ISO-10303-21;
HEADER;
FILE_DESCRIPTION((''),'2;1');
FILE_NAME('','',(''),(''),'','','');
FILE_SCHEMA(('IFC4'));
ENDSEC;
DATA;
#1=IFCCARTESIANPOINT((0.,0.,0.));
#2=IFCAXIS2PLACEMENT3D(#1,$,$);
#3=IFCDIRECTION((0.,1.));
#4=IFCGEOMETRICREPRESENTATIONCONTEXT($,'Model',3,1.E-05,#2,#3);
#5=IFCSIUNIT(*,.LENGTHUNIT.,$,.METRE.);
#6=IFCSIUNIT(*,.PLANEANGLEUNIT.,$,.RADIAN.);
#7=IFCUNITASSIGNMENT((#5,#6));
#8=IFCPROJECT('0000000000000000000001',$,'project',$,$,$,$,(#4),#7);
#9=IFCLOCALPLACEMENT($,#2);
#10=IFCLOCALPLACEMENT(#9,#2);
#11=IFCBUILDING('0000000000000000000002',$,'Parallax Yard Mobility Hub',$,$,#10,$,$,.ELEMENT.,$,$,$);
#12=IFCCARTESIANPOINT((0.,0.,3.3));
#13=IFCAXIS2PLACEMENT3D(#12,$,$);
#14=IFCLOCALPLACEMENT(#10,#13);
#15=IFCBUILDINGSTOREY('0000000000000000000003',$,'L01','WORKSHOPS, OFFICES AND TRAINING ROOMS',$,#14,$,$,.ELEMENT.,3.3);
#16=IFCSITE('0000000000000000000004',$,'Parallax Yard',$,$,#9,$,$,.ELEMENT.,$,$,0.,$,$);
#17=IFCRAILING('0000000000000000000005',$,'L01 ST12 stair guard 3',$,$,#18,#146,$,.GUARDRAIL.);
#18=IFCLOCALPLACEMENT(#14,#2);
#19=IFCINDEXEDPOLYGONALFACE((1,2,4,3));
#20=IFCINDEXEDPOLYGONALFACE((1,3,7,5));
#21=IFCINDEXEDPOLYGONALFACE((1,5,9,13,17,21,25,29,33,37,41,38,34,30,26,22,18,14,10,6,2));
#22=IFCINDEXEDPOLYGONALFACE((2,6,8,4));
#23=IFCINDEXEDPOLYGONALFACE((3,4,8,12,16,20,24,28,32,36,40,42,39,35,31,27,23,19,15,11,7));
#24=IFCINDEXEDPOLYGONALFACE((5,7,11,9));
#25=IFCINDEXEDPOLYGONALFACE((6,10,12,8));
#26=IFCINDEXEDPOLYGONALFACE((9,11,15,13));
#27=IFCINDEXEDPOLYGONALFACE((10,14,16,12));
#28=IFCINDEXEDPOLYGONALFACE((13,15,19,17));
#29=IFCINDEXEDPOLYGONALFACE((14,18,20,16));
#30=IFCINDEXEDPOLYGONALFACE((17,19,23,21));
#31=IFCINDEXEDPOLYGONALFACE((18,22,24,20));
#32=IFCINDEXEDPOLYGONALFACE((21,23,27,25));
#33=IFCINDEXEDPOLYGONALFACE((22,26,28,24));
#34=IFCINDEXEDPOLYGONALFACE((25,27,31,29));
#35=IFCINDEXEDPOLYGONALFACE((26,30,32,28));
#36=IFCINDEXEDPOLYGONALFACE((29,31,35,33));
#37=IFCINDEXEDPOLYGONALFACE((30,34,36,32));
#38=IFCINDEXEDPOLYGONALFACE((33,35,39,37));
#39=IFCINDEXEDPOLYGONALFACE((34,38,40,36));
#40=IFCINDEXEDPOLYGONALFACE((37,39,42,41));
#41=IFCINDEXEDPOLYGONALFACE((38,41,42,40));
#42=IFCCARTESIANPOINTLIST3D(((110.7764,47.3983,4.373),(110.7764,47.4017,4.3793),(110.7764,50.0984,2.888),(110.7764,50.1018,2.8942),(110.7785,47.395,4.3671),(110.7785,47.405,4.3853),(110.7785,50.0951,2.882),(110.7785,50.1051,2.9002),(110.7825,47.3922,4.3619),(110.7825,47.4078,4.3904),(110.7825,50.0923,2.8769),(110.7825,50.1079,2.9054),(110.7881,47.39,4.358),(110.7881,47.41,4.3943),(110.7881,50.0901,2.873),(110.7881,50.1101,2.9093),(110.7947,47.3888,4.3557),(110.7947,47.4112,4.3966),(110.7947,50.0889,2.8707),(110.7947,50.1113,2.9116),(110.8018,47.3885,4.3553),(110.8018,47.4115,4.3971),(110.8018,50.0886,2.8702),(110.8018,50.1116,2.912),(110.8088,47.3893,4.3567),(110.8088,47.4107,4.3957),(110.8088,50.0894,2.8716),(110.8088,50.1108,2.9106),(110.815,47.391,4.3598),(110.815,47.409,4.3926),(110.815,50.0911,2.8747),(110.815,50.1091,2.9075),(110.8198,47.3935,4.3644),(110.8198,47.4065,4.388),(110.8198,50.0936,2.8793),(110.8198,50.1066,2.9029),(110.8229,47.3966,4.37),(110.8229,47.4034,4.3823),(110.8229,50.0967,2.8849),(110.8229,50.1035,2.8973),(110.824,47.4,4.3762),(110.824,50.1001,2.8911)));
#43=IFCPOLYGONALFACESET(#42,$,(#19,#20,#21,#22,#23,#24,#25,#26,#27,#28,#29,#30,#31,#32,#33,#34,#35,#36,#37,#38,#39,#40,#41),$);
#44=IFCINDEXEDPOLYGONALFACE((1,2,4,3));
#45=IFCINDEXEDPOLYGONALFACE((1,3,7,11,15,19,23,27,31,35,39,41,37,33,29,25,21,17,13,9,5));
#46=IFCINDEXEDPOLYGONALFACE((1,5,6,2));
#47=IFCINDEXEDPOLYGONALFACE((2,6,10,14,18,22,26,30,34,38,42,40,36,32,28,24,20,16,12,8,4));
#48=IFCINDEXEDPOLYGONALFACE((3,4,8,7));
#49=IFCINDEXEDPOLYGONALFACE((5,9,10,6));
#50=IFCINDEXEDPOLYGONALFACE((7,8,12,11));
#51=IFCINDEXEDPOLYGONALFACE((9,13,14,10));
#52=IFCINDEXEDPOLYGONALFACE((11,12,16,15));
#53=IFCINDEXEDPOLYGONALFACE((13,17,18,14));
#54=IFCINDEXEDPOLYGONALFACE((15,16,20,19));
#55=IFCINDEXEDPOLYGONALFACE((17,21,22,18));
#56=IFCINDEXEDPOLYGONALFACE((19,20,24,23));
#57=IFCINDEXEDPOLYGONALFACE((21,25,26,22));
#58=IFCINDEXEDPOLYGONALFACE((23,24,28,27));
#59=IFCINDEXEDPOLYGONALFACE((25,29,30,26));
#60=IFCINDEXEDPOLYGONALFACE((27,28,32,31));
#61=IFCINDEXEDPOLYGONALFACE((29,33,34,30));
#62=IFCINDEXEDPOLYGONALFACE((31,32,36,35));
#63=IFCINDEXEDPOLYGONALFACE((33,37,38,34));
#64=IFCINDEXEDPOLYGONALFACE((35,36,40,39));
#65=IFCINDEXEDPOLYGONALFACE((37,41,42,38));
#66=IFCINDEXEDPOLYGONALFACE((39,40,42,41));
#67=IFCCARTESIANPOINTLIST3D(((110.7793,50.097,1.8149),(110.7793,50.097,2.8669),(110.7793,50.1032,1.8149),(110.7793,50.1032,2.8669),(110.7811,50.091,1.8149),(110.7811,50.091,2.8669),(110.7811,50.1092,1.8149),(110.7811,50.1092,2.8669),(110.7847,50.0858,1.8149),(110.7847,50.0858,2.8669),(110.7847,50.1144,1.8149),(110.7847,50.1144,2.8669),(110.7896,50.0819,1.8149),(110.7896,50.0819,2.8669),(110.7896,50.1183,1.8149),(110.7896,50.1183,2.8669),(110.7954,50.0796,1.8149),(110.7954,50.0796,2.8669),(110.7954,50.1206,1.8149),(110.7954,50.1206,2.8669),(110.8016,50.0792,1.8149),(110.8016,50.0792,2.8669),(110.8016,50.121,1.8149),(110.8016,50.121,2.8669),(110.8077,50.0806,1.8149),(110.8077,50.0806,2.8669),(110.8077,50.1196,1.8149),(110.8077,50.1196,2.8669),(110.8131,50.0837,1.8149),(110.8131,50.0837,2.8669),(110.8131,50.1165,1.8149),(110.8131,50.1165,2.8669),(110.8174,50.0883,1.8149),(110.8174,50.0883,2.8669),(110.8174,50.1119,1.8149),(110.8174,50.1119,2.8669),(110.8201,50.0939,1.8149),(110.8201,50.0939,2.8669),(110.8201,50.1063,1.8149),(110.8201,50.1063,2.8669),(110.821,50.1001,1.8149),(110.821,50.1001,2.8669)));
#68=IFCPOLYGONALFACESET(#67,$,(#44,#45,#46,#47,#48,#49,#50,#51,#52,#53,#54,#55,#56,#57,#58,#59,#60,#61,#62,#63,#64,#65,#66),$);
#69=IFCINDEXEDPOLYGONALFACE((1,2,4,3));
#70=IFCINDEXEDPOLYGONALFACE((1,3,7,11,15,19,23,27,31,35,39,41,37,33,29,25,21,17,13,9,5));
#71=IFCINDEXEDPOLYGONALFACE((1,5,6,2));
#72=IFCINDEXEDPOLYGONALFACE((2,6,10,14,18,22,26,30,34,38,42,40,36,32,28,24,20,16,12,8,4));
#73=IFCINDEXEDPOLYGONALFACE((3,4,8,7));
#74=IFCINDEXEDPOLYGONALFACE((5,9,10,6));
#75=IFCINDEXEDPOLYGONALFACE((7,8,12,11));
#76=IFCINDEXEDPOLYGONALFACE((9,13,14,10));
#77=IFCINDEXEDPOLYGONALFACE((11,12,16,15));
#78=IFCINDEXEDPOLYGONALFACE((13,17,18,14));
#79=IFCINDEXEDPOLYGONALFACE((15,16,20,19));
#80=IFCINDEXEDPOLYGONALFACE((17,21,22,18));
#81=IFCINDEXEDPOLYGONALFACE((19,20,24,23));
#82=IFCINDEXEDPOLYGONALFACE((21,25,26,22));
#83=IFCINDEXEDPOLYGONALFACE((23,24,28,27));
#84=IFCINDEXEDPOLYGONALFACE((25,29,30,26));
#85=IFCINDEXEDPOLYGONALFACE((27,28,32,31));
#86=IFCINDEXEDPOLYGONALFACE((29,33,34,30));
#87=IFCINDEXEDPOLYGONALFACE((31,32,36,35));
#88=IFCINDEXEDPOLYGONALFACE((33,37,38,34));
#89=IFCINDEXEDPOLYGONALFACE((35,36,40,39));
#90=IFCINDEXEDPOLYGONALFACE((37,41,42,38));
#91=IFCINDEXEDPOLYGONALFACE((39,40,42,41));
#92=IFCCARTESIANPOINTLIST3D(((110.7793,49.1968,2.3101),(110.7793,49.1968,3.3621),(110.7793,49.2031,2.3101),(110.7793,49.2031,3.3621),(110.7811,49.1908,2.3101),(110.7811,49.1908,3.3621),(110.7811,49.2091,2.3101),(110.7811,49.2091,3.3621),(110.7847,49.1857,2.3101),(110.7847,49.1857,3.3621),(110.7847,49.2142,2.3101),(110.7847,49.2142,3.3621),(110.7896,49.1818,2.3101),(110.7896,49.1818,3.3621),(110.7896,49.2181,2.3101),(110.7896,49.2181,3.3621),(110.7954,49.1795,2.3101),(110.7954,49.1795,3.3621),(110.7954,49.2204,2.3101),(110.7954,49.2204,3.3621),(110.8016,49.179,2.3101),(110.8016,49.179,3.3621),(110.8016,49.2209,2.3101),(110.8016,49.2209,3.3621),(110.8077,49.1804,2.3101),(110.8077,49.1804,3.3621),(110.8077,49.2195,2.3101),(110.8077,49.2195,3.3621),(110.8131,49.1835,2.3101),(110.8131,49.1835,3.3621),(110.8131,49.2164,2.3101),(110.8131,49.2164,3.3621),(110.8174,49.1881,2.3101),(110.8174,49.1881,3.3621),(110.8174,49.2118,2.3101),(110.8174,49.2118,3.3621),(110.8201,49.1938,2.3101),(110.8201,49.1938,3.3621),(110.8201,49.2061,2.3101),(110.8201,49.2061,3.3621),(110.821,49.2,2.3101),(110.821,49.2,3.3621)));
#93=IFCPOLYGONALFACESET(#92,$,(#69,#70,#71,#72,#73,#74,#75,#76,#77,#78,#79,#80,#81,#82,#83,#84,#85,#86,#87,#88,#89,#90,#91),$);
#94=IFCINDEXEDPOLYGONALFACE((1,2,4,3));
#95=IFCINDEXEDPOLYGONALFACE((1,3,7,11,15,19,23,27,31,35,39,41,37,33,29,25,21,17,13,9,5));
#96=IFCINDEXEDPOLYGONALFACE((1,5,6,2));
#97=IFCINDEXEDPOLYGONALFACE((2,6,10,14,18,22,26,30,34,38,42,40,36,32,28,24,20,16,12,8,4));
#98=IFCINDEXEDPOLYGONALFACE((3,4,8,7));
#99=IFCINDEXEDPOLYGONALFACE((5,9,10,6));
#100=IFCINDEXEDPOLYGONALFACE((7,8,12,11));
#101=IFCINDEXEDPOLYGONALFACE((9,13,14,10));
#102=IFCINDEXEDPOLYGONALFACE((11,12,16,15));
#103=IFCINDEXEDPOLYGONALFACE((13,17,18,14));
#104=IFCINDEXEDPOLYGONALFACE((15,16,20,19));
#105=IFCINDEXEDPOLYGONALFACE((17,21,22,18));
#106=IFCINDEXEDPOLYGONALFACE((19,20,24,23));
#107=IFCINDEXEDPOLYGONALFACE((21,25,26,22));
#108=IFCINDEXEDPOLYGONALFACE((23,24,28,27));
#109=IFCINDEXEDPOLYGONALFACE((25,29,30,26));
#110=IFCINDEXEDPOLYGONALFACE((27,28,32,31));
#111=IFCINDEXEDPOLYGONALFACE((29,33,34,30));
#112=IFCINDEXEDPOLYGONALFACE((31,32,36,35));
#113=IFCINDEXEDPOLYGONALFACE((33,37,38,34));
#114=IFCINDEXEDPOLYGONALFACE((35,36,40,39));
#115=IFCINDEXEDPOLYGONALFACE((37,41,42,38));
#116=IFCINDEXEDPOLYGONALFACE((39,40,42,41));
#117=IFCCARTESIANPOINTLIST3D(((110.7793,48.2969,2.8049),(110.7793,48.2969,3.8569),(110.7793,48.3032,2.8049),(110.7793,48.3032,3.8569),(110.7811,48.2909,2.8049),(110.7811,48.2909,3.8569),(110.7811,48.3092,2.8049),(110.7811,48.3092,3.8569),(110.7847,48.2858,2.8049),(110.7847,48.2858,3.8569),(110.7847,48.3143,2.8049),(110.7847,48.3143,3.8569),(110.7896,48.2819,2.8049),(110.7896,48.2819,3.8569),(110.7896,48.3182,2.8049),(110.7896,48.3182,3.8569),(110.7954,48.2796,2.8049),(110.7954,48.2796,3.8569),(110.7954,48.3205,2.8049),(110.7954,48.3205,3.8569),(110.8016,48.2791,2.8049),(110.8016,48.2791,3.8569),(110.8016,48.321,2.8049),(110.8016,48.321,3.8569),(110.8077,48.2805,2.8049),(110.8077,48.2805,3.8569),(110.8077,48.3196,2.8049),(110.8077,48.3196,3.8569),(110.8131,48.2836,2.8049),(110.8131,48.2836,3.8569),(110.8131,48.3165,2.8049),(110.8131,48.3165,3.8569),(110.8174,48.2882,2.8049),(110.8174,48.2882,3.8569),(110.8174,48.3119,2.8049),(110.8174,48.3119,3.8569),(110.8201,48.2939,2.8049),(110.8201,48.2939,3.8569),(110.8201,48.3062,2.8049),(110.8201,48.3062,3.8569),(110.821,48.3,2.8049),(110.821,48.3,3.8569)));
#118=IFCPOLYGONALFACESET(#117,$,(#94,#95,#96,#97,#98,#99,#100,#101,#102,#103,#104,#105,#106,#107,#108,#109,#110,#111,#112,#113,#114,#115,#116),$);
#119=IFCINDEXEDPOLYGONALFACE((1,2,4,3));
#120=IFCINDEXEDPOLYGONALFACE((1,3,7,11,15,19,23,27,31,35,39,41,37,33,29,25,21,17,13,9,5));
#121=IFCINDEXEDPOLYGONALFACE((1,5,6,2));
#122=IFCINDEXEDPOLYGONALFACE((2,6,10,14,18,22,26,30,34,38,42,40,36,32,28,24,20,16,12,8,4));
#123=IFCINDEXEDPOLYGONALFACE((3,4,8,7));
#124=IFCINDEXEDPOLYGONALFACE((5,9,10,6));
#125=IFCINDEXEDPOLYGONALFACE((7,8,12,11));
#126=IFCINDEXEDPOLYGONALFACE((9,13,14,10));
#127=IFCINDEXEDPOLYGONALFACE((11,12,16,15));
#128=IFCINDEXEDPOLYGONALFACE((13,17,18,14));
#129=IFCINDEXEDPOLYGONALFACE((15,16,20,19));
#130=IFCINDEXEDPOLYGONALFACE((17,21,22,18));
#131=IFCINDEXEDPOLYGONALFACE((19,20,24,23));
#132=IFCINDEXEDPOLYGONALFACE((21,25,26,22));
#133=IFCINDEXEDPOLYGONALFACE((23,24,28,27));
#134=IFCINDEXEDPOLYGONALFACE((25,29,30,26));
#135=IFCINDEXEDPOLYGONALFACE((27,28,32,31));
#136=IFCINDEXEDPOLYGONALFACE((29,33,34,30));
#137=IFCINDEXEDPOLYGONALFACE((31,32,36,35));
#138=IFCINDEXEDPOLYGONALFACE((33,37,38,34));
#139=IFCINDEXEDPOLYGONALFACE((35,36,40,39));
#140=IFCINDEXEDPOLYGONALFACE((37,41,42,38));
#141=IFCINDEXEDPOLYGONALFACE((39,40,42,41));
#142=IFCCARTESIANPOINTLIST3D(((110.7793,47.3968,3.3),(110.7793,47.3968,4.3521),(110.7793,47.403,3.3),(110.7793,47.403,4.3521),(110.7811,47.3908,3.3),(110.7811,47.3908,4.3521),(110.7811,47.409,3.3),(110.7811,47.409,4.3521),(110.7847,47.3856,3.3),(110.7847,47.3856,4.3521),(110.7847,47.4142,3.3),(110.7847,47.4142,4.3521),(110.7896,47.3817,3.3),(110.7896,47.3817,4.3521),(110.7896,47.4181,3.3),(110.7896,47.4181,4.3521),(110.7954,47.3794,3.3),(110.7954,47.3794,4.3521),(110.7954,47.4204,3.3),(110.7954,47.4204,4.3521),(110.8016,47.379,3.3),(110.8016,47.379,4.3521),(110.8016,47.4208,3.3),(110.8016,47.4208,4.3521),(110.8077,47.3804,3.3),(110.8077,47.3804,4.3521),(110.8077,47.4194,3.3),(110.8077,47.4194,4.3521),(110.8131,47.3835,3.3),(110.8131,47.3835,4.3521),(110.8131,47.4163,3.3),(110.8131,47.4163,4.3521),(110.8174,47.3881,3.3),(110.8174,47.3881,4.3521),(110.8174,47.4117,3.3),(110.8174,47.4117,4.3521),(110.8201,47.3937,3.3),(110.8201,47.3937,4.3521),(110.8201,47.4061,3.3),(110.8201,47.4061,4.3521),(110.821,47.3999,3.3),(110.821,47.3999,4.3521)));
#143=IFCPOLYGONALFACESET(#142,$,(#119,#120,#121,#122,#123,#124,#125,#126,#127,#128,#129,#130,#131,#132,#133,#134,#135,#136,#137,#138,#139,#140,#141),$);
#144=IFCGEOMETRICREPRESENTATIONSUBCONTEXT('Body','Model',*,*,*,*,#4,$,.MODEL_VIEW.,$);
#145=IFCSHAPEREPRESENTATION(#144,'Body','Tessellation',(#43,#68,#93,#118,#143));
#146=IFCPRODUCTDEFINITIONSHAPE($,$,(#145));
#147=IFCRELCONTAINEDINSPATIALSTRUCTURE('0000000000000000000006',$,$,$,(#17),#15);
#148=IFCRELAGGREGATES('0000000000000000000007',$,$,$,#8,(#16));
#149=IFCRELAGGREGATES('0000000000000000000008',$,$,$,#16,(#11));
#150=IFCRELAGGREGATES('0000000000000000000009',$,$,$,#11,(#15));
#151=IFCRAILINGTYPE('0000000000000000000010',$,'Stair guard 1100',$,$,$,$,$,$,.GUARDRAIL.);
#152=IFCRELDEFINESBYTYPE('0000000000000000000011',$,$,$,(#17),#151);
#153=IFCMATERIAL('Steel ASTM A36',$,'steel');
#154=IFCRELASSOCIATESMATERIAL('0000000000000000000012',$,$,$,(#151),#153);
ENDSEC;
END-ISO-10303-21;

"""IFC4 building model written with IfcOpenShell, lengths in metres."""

from ifc_helpers import new_model, si_unit, direction, frame, origin, origin_2d, place, context, subcontext, project, spatial, circle, extrude, material, type_object, element, save


model = new_model("IFC4")

# Units and contexts
model_context = context("Model", 3, precision=1e-05, world=origin(), true_north=direction((0.0, 1.0)))
body_context = subcontext(model_context, "Body", "Model", "MODEL_VIEW")
ifc_project = project(units=[si_unit("LENGTHUNIT", "METRE"), si_unit("PLANEANGLEUNIT", "RADIAN")], contexts=[model_context])

# Site, building, storey
site_placement = place(None, origin())
site = spatial("IfcSite", under=ifc_project, at=site_placement, Name="Parallax Yard", CompositionType="ELEMENT", RefElevation=0.0)
building_placement = place(site_placement, origin())
building = spatial("IfcBuilding", under=site, at=building_placement, Name="Parallax Yard Mobility Hub", CompositionType="ELEMENT")
storey_placement = place(building_placement, frame((0.0, 0.0, 3.3)))
storey = spatial("IfcBuildingStorey", under=building, at=storey_placement, Name="L01", Description="WORKSHOPS, OFFICES AND TRAINING ROOMS", CompositionType="ELEMENT", Elevation=3.3)

# Railing
ifc_material_1 = material(Name="Steel ASTM A36", Category="steel")
railing_type_1 = type_object("IfcRailingType", Name="Stair guard 1100", PredefinedType="GUARDRAIL", material=ifc_material_1)
railing_1_placement = place(storey_placement, frame((110.8, 50.1001, 1.8149)))
element("IfcRailing", 1, at=railing_1_placement, inside=storey, type_object=railing_type_1, Name="L01 ST12 stair guard 3", PredefinedType="GUARDRAIL", context=body_context, shape_type="SweptSolid", body=[
    extrude(circle(Radius=0.0239, at=origin_2d()), frame((0.0, 0.0, 1.0762), z_axis=(0.0, -0.876216, 0.481919), x_axis=(1.0, 0.0, 0.0)), (0.0, 0.0, 1.0), 3.0815),
    extrude(circle(Radius=0.021, at=origin_2d()), origin(), (0.0, 0.0, 1.0), 1.052),
    extrude(circle(Radius=0.021, at=origin_2d()), frame((0.0, -0.9001, 0.4951)), (0.0, 0.0, 1.0), 1.052),
    extrude(circle(Radius=0.021, at=origin_2d()), frame((0.0, -1.8, 0.99)), (0.0, 0.0, 1.0), 1.052),
    extrude(circle(Radius=0.021, at=origin_2d()), frame((0.0, -2.7002, 1.4851)), (0.0, 0.0, 1.0), 1.052),
])

save(model, "model.ifc")
